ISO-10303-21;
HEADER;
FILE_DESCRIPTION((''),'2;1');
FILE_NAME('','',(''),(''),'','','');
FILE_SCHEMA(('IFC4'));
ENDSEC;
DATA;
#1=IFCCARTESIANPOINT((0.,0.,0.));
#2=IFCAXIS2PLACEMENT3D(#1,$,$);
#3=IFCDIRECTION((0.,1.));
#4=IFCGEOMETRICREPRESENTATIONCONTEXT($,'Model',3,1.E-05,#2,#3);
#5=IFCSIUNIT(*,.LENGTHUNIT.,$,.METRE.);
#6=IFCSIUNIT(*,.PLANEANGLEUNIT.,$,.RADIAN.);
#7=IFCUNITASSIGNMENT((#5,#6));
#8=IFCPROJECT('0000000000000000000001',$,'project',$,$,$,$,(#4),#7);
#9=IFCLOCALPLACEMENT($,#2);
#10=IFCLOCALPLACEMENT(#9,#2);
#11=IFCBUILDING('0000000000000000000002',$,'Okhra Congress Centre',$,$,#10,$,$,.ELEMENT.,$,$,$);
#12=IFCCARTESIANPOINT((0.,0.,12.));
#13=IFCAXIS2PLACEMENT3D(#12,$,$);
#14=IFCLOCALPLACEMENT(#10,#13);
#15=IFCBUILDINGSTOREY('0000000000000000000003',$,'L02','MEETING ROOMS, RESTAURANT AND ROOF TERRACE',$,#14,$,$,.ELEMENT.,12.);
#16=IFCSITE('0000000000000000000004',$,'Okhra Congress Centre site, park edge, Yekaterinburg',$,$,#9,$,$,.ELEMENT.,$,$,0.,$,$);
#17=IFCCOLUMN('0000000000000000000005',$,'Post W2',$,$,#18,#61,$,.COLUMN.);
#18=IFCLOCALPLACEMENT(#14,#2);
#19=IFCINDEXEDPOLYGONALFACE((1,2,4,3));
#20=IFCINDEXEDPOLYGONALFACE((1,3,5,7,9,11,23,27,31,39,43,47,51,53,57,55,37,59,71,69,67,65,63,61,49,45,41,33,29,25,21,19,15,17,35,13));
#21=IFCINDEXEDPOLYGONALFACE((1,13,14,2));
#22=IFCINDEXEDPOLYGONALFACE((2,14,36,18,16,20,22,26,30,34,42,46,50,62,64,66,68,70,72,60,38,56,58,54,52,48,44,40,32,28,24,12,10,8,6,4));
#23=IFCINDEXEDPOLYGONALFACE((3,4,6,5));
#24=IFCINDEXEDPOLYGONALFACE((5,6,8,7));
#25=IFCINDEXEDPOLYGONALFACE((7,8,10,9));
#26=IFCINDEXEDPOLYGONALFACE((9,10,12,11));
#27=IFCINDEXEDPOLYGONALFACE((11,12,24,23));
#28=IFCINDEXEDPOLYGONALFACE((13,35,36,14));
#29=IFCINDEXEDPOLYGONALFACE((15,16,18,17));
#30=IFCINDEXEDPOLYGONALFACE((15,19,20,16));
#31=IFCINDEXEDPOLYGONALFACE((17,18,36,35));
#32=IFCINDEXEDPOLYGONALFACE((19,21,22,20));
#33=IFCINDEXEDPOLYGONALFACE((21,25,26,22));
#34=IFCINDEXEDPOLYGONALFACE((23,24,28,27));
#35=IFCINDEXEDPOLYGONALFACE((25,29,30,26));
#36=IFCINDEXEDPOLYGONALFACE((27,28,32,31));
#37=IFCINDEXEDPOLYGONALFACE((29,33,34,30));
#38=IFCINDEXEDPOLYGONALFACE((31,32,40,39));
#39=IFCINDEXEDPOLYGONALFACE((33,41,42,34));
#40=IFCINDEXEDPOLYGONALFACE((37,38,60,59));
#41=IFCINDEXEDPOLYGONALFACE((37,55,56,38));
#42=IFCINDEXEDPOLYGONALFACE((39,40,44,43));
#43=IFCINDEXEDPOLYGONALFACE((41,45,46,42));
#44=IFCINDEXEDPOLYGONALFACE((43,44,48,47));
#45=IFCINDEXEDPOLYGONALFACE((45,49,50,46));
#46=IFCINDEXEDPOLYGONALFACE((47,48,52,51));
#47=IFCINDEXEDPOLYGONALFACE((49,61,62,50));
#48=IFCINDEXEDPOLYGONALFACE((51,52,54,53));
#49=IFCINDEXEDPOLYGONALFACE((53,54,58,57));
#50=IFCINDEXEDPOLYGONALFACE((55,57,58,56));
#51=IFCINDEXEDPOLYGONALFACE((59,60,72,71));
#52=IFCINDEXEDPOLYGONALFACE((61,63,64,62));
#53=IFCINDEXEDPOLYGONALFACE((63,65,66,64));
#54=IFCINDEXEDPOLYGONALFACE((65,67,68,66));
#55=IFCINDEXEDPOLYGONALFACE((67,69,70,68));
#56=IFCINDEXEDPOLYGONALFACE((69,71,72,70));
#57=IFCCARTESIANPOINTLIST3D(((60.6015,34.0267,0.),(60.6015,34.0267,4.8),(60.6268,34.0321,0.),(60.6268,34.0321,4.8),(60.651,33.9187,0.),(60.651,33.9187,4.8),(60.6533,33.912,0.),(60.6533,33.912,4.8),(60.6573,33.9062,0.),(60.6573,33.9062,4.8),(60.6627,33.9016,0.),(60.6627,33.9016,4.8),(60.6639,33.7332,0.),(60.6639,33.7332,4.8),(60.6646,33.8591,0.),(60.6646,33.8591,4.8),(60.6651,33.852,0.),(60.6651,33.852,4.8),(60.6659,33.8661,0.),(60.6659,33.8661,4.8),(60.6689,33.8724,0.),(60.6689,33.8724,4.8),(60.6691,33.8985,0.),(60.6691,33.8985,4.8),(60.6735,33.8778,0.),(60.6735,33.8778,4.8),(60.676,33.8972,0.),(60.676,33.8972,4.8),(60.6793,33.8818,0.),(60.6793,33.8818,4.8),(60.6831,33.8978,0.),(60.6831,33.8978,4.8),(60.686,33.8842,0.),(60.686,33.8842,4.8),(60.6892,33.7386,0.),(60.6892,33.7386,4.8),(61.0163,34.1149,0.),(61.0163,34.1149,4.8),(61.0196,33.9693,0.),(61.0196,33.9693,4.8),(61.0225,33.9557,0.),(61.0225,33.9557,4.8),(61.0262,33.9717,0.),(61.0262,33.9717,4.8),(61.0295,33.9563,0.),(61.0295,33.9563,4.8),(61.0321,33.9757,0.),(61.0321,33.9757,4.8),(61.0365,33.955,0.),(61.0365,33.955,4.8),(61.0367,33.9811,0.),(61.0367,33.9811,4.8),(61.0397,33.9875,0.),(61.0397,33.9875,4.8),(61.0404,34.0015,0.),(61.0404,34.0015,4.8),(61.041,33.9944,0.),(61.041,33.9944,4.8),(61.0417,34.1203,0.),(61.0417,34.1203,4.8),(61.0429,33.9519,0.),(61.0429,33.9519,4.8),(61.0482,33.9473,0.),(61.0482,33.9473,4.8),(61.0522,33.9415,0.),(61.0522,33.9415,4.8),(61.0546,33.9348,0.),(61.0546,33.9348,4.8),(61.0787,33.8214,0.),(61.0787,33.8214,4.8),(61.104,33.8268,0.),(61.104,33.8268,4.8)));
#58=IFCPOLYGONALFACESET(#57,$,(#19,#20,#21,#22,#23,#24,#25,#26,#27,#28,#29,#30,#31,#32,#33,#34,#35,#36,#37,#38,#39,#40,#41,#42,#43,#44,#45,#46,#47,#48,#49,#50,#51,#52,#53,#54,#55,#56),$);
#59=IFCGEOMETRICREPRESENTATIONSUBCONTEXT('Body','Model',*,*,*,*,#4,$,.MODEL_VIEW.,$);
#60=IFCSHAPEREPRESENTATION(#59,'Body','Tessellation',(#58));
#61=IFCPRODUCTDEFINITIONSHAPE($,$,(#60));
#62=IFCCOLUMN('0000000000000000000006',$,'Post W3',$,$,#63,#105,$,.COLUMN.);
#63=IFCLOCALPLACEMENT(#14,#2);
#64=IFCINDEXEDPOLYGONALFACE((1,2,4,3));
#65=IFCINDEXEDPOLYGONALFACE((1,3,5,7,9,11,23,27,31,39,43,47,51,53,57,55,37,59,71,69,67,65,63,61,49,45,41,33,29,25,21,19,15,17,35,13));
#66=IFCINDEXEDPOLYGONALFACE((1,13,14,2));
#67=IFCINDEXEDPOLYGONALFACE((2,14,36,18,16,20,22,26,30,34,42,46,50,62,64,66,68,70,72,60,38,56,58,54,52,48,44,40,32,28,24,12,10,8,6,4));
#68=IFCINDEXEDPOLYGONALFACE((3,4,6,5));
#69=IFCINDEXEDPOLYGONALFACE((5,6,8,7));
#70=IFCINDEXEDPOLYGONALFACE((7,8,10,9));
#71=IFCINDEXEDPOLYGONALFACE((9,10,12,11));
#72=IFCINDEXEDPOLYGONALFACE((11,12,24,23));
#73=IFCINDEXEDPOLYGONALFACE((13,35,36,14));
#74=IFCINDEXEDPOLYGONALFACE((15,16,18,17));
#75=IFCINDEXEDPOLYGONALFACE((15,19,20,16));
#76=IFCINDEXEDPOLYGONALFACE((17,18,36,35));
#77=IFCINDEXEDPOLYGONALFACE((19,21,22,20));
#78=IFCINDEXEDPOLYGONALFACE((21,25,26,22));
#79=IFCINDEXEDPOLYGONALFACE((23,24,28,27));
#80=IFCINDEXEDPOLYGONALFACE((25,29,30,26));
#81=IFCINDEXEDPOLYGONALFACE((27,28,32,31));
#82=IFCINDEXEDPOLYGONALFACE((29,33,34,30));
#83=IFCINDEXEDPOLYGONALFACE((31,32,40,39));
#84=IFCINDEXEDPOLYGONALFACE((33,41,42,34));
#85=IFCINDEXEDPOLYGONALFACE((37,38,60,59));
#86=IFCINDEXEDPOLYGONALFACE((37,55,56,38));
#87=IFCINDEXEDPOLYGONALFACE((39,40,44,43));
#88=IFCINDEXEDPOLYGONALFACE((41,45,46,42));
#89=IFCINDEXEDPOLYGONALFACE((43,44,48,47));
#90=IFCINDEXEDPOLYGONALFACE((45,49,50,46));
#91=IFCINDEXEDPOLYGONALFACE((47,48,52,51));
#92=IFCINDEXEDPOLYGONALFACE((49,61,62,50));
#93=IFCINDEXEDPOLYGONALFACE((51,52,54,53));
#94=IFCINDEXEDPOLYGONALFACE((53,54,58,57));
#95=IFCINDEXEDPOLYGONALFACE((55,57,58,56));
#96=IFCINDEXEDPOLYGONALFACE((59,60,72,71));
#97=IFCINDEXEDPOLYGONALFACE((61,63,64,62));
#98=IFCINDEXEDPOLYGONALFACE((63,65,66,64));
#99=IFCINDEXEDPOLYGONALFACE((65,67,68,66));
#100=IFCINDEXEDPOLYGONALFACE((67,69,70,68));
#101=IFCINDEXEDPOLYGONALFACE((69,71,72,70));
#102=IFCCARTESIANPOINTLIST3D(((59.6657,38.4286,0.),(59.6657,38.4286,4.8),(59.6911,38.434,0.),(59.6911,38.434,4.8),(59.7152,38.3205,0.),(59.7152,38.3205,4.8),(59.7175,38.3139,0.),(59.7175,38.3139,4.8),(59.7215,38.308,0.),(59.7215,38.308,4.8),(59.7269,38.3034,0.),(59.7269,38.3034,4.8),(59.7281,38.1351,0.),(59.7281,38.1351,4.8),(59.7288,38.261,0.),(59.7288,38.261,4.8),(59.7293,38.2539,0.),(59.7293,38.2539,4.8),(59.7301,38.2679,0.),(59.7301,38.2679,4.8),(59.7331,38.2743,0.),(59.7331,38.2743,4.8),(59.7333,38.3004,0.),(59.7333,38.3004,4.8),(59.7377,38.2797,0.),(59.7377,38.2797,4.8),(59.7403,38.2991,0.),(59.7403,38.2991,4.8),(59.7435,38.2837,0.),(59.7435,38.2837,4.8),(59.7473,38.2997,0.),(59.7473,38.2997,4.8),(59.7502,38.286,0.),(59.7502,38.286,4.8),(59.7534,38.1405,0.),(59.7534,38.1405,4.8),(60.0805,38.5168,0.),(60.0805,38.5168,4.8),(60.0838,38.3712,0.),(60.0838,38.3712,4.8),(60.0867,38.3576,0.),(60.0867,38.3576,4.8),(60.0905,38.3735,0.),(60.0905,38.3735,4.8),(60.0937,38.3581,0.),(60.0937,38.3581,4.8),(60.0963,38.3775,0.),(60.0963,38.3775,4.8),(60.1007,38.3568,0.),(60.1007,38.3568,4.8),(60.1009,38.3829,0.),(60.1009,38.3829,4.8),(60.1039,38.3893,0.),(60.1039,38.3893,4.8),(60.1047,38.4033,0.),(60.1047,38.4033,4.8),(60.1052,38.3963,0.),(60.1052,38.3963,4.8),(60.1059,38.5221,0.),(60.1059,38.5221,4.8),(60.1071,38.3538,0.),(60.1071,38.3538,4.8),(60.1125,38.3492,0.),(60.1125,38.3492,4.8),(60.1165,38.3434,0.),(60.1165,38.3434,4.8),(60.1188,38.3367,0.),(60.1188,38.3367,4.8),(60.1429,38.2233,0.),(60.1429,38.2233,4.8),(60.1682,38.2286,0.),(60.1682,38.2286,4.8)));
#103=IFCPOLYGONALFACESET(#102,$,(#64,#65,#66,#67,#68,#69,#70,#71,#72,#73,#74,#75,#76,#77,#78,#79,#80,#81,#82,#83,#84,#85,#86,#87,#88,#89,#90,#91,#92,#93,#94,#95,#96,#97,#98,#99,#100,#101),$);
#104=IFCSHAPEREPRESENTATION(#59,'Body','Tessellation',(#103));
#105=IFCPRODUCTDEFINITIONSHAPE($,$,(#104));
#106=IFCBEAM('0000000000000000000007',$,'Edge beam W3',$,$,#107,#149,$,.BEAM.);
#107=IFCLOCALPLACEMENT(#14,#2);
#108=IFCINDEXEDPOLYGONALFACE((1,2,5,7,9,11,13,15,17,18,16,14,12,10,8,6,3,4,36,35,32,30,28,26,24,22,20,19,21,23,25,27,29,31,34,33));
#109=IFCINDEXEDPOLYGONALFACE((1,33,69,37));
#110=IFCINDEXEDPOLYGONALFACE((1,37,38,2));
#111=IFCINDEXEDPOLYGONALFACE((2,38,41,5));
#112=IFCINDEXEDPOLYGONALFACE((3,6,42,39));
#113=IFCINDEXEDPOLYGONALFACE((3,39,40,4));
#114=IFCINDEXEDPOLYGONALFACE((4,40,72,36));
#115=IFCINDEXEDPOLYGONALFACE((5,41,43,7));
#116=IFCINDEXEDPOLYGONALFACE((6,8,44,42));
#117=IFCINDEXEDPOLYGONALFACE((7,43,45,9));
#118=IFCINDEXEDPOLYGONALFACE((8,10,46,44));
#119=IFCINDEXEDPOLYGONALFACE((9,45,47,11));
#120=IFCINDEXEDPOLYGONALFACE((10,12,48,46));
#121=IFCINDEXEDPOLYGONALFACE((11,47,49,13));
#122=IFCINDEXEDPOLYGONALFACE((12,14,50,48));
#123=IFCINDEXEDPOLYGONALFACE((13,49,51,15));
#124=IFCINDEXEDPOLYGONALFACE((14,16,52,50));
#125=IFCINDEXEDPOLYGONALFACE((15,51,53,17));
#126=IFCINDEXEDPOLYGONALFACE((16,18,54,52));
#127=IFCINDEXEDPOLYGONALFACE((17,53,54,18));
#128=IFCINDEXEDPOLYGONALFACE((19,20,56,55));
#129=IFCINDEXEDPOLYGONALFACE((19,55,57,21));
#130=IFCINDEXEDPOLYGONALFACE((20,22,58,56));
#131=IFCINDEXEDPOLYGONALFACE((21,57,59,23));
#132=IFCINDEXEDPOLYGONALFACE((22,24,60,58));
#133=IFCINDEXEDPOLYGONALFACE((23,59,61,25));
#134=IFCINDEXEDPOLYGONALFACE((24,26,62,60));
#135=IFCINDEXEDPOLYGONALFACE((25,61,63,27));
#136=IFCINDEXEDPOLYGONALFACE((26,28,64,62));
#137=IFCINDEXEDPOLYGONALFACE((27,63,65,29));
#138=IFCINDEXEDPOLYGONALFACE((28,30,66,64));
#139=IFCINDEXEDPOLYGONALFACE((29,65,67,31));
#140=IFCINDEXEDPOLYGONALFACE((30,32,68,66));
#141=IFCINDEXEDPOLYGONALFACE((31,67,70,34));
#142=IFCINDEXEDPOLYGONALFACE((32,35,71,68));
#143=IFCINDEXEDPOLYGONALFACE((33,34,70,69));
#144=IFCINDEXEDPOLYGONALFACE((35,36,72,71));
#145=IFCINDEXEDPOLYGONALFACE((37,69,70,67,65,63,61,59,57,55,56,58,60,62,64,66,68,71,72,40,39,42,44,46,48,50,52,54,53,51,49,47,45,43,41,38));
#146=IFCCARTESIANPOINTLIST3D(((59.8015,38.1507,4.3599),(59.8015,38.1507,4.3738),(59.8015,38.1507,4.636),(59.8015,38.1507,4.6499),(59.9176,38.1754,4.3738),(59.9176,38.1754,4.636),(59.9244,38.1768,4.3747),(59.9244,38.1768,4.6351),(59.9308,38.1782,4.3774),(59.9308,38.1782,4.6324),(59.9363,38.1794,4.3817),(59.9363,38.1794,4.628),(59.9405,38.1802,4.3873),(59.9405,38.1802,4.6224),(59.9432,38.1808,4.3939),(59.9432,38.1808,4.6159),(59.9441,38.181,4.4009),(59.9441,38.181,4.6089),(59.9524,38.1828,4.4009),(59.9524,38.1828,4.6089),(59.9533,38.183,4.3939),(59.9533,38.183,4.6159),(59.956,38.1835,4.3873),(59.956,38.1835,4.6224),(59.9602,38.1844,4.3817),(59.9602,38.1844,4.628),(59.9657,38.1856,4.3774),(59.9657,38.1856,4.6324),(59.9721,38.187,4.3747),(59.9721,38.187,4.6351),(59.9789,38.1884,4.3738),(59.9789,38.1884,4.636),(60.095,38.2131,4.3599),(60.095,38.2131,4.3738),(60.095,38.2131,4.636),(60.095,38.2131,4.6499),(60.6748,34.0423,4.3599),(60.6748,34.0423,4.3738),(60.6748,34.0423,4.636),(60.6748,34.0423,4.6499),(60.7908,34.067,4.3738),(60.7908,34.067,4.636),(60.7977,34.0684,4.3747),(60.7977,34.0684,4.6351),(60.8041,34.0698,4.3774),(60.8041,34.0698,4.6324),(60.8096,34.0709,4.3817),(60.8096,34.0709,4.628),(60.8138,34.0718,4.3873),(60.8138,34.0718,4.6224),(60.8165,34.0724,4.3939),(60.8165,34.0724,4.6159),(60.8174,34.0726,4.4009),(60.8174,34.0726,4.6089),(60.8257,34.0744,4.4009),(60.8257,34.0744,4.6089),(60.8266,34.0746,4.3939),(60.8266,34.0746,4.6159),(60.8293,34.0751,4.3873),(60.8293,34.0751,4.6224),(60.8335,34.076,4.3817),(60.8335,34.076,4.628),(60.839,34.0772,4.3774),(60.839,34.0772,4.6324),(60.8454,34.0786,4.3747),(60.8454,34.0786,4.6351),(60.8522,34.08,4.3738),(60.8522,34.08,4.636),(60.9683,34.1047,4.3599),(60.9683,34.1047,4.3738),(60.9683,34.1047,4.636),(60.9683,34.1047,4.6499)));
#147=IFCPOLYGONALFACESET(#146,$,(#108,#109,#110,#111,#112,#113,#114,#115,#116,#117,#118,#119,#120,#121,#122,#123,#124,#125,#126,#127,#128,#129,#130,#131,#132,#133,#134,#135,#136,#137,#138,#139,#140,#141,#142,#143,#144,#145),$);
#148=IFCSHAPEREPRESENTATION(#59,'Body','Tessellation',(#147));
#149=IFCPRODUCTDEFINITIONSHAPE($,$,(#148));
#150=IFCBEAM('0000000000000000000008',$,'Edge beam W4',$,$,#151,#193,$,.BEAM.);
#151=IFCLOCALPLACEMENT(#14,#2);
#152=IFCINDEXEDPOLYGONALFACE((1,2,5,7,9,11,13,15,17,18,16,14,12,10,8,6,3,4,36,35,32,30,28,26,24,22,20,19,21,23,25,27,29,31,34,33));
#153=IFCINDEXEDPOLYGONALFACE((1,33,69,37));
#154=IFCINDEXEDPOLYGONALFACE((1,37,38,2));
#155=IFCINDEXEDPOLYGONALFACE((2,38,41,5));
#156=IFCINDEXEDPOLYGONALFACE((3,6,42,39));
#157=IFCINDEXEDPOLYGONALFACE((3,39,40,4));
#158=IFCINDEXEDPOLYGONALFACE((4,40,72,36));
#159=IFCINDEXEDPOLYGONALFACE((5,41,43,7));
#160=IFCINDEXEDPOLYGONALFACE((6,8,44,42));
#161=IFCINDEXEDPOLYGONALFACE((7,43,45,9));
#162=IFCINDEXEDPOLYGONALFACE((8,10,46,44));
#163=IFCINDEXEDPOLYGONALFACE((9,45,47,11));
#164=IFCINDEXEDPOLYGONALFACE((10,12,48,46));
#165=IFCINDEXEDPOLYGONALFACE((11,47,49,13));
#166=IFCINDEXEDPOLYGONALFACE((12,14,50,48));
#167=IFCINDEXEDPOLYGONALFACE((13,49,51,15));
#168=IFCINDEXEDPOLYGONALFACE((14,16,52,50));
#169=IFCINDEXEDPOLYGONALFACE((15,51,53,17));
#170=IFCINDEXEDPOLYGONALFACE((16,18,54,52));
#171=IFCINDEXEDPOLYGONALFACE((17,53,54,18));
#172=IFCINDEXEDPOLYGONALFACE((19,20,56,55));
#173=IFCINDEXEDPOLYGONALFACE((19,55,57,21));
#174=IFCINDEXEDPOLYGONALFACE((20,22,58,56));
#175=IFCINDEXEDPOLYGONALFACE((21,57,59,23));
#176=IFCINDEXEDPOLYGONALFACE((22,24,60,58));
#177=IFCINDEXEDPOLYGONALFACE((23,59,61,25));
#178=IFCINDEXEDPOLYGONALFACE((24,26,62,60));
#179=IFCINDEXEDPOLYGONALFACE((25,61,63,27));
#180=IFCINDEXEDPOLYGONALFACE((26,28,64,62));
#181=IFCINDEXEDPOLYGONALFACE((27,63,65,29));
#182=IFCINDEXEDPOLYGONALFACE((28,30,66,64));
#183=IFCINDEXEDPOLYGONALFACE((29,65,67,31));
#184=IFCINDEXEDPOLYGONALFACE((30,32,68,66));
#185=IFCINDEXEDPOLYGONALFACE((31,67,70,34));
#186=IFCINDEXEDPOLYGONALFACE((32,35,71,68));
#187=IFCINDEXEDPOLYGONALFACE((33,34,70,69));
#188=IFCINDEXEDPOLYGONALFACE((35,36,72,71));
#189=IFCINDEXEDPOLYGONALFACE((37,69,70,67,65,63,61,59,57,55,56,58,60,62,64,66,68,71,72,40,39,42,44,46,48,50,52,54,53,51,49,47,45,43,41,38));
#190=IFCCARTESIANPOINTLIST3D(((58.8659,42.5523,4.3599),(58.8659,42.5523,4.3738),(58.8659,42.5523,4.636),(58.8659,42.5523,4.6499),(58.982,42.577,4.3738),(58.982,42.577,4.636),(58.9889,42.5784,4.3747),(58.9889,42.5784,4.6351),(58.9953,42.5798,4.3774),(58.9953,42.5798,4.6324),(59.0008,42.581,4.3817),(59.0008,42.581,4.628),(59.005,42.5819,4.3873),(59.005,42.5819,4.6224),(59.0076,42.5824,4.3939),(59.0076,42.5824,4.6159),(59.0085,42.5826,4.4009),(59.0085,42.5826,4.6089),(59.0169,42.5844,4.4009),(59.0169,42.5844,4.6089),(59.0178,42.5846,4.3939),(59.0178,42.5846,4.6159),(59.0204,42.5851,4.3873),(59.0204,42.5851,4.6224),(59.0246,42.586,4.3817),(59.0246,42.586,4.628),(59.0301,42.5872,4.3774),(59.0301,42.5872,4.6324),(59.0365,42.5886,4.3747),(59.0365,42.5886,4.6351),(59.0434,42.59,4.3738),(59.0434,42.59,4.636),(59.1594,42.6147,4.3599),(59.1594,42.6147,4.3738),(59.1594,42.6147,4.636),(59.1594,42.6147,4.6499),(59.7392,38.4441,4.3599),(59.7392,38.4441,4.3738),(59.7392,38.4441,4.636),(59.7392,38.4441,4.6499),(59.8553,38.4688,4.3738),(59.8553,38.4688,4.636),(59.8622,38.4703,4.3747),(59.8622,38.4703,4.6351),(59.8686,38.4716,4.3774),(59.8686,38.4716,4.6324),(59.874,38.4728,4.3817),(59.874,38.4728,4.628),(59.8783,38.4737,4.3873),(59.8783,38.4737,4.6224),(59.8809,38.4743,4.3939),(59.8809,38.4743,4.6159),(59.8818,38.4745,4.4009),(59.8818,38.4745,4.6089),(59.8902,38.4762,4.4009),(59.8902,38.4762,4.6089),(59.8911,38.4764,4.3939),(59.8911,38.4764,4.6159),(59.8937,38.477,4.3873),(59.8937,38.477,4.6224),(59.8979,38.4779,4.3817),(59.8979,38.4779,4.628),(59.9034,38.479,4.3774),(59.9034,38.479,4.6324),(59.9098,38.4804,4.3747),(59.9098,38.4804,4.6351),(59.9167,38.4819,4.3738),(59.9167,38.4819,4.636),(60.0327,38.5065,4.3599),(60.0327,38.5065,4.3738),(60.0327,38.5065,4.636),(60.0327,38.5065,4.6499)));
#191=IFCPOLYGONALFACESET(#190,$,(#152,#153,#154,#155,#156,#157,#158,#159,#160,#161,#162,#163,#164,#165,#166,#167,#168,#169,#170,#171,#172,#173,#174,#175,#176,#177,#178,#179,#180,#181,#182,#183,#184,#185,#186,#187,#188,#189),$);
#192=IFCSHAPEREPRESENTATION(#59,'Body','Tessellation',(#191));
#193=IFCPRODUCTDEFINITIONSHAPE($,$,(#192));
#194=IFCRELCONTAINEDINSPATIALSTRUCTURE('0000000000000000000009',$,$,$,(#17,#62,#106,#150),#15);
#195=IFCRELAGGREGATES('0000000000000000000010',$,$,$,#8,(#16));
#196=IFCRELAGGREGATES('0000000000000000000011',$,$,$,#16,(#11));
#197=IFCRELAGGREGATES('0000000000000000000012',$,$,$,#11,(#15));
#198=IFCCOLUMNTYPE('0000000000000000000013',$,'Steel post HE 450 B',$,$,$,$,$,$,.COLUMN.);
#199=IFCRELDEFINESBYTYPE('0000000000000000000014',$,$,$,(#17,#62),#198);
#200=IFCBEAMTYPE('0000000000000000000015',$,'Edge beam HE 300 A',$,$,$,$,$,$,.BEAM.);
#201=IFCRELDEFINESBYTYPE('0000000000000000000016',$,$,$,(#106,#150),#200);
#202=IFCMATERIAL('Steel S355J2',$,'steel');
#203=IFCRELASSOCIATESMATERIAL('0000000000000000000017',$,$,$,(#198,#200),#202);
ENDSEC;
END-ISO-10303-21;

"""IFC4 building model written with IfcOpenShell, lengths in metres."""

from ifc_helpers import new_model, si_unit, direction, frame, origin, origin_2d, place, context, subcontext, project, spatial, i_section, extrude, material, material_profile, profile_set, type_object, element, save


model = new_model("IFC4")

# Units and contexts
model_context = context("Model", 3, precision=1e-05, world=origin(), true_north=direction((0.0, 1.0)))
body_context = subcontext(model_context, "Body", "Model", "MODEL_VIEW")
ifc_project = project(units=[si_unit("LENGTHUNIT", "METRE"), si_unit("PLANEANGLEUNIT", "RADIAN")], contexts=[model_context])

# Site, building, storey
site_placement = place(None, origin())
site = spatial("IfcSite", under=ifc_project, at=site_placement, Name="Okhra Congress Centre site, park edge, Yekaterinburg", CompositionType="ELEMENT", RefElevation=0.0)
building_placement = place(site_placement, origin())
building = spatial("IfcBuilding", under=site, at=building_placement, Name="Okhra Congress Centre", CompositionType="ELEMENT")
storey_placement = place(building_placement, frame((0.0, 0.0, 12.0)))
storey = spatial("IfcBuildingStorey", under=building, at=storey_placement, Name="L02", Description="MEETING ROOMS, RESTAURANT AND ROOF TERRACE", CompositionType="ELEMENT", Elevation=12.0)

# Columns
ifc_material_1 = material(Name="Steel S355J2", Category="steel")
ifc_material_profile_1 = material_profile(ifc_material_1, i_section(OverallWidth=0.3, OverallDepth=0.45, WebThickness=0.0139, FlangeThickness=0.0259, FilletRadius=0.0271, at=origin_2d()), Name="HE 450 B")
ifc_profile_set_1 = profile_set([ifc_material_profile_1], Name="Steel S355J2")
column_type = type_object("IfcColumnType", Name="Steel post HE 450 B", PredefinedType="COLUMN", material=ifc_profile_set_1)
for number, where, z_axis, x_axis, name in (
    (1, (60.8528, 33.9268, 0.0), (0.0, 0.0, 1.0), (-0.207912, 0.978148, 0.0), "Post W2"),
    (2, (59.917, 38.3286, 0.0), (0.0, 0.0, 1.0), (-0.207912, 0.978148, 0.0), "Post W3"),
):
    element("IfcColumn", number, at=place(storey_placement, frame(where, z_axis=z_axis, x_axis=x_axis)), inside=storey, type_object=column_type, Name=name, PredefinedType="COLUMN", context=body_context, shape_type="SweptSolid", body=[
        extrude(i_section(OverallWidth=0.3, OverallDepth=0.45, WebThickness=0.0139, FlangeThickness=0.0259, FilletRadius=0.0271, at=origin_2d()), origin(), (0.0, 0.0, 1.0), 4.8),
    ])

# Beams
ifc_material_profile_2 = material_profile(ifc_material_1, i_section(OverallWidth=0.3, OverallDepth=0.29, WebThickness=0.0085, FlangeThickness=0.0139, FilletRadius=0.0271, at=origin_2d()), Name="HE 300 A")
ifc_profile_set_2 = profile_set([ifc_material_profile_2], Name="Steel S355J2")
beam_type = type_object("IfcBeamType", Name="Edge beam HE 300 A", PredefinedType="BEAM", material=ifc_profile_set_2)
beam_1_placement = place(storey_placement, frame((60.8215, 34.0735, 4.5049), z_axis=(-0.207917, 0.978146, 0.0), x_axis=(-0.978146, -0.207917, 0.0)))
element("IfcBeam", 3, at=beam_1_placement, inside=storey, type_object=beam_type, Name="Edge beam W3", PredefinedType="BEAM", context=body_context, shape_type="SweptSolid", body=[
    extrude(i_section(OverallWidth=0.3, OverallDepth=0.29, WebThickness=0.0085, FlangeThickness=0.0139, FilletRadius=0.0271, at=origin_2d()), origin(), (0.0, 0.0, 1.0), 4.2002),
])
beam_2_placement = place(storey_placement, frame((59.886, 38.4753, 4.5049), z_axis=(-0.207929, 0.978144, 0.0), x_axis=(-0.978144, -0.207929, 0.0)))
element("IfcBeam", 4, at=beam_2_placement, inside=storey, type_object=beam_type, Name="Edge beam W4", PredefinedType="BEAM", context=body_context, shape_type="SweptSolid", body=[
    extrude(i_section(OverallWidth=0.3, OverallDepth=0.29, WebThickness=0.0085, FlangeThickness=0.0139, FilletRadius=0.0271, at=origin_2d()), origin(), (0.0, 0.0, 1.0), 4.2),
])

save(model, "model.ifc")
